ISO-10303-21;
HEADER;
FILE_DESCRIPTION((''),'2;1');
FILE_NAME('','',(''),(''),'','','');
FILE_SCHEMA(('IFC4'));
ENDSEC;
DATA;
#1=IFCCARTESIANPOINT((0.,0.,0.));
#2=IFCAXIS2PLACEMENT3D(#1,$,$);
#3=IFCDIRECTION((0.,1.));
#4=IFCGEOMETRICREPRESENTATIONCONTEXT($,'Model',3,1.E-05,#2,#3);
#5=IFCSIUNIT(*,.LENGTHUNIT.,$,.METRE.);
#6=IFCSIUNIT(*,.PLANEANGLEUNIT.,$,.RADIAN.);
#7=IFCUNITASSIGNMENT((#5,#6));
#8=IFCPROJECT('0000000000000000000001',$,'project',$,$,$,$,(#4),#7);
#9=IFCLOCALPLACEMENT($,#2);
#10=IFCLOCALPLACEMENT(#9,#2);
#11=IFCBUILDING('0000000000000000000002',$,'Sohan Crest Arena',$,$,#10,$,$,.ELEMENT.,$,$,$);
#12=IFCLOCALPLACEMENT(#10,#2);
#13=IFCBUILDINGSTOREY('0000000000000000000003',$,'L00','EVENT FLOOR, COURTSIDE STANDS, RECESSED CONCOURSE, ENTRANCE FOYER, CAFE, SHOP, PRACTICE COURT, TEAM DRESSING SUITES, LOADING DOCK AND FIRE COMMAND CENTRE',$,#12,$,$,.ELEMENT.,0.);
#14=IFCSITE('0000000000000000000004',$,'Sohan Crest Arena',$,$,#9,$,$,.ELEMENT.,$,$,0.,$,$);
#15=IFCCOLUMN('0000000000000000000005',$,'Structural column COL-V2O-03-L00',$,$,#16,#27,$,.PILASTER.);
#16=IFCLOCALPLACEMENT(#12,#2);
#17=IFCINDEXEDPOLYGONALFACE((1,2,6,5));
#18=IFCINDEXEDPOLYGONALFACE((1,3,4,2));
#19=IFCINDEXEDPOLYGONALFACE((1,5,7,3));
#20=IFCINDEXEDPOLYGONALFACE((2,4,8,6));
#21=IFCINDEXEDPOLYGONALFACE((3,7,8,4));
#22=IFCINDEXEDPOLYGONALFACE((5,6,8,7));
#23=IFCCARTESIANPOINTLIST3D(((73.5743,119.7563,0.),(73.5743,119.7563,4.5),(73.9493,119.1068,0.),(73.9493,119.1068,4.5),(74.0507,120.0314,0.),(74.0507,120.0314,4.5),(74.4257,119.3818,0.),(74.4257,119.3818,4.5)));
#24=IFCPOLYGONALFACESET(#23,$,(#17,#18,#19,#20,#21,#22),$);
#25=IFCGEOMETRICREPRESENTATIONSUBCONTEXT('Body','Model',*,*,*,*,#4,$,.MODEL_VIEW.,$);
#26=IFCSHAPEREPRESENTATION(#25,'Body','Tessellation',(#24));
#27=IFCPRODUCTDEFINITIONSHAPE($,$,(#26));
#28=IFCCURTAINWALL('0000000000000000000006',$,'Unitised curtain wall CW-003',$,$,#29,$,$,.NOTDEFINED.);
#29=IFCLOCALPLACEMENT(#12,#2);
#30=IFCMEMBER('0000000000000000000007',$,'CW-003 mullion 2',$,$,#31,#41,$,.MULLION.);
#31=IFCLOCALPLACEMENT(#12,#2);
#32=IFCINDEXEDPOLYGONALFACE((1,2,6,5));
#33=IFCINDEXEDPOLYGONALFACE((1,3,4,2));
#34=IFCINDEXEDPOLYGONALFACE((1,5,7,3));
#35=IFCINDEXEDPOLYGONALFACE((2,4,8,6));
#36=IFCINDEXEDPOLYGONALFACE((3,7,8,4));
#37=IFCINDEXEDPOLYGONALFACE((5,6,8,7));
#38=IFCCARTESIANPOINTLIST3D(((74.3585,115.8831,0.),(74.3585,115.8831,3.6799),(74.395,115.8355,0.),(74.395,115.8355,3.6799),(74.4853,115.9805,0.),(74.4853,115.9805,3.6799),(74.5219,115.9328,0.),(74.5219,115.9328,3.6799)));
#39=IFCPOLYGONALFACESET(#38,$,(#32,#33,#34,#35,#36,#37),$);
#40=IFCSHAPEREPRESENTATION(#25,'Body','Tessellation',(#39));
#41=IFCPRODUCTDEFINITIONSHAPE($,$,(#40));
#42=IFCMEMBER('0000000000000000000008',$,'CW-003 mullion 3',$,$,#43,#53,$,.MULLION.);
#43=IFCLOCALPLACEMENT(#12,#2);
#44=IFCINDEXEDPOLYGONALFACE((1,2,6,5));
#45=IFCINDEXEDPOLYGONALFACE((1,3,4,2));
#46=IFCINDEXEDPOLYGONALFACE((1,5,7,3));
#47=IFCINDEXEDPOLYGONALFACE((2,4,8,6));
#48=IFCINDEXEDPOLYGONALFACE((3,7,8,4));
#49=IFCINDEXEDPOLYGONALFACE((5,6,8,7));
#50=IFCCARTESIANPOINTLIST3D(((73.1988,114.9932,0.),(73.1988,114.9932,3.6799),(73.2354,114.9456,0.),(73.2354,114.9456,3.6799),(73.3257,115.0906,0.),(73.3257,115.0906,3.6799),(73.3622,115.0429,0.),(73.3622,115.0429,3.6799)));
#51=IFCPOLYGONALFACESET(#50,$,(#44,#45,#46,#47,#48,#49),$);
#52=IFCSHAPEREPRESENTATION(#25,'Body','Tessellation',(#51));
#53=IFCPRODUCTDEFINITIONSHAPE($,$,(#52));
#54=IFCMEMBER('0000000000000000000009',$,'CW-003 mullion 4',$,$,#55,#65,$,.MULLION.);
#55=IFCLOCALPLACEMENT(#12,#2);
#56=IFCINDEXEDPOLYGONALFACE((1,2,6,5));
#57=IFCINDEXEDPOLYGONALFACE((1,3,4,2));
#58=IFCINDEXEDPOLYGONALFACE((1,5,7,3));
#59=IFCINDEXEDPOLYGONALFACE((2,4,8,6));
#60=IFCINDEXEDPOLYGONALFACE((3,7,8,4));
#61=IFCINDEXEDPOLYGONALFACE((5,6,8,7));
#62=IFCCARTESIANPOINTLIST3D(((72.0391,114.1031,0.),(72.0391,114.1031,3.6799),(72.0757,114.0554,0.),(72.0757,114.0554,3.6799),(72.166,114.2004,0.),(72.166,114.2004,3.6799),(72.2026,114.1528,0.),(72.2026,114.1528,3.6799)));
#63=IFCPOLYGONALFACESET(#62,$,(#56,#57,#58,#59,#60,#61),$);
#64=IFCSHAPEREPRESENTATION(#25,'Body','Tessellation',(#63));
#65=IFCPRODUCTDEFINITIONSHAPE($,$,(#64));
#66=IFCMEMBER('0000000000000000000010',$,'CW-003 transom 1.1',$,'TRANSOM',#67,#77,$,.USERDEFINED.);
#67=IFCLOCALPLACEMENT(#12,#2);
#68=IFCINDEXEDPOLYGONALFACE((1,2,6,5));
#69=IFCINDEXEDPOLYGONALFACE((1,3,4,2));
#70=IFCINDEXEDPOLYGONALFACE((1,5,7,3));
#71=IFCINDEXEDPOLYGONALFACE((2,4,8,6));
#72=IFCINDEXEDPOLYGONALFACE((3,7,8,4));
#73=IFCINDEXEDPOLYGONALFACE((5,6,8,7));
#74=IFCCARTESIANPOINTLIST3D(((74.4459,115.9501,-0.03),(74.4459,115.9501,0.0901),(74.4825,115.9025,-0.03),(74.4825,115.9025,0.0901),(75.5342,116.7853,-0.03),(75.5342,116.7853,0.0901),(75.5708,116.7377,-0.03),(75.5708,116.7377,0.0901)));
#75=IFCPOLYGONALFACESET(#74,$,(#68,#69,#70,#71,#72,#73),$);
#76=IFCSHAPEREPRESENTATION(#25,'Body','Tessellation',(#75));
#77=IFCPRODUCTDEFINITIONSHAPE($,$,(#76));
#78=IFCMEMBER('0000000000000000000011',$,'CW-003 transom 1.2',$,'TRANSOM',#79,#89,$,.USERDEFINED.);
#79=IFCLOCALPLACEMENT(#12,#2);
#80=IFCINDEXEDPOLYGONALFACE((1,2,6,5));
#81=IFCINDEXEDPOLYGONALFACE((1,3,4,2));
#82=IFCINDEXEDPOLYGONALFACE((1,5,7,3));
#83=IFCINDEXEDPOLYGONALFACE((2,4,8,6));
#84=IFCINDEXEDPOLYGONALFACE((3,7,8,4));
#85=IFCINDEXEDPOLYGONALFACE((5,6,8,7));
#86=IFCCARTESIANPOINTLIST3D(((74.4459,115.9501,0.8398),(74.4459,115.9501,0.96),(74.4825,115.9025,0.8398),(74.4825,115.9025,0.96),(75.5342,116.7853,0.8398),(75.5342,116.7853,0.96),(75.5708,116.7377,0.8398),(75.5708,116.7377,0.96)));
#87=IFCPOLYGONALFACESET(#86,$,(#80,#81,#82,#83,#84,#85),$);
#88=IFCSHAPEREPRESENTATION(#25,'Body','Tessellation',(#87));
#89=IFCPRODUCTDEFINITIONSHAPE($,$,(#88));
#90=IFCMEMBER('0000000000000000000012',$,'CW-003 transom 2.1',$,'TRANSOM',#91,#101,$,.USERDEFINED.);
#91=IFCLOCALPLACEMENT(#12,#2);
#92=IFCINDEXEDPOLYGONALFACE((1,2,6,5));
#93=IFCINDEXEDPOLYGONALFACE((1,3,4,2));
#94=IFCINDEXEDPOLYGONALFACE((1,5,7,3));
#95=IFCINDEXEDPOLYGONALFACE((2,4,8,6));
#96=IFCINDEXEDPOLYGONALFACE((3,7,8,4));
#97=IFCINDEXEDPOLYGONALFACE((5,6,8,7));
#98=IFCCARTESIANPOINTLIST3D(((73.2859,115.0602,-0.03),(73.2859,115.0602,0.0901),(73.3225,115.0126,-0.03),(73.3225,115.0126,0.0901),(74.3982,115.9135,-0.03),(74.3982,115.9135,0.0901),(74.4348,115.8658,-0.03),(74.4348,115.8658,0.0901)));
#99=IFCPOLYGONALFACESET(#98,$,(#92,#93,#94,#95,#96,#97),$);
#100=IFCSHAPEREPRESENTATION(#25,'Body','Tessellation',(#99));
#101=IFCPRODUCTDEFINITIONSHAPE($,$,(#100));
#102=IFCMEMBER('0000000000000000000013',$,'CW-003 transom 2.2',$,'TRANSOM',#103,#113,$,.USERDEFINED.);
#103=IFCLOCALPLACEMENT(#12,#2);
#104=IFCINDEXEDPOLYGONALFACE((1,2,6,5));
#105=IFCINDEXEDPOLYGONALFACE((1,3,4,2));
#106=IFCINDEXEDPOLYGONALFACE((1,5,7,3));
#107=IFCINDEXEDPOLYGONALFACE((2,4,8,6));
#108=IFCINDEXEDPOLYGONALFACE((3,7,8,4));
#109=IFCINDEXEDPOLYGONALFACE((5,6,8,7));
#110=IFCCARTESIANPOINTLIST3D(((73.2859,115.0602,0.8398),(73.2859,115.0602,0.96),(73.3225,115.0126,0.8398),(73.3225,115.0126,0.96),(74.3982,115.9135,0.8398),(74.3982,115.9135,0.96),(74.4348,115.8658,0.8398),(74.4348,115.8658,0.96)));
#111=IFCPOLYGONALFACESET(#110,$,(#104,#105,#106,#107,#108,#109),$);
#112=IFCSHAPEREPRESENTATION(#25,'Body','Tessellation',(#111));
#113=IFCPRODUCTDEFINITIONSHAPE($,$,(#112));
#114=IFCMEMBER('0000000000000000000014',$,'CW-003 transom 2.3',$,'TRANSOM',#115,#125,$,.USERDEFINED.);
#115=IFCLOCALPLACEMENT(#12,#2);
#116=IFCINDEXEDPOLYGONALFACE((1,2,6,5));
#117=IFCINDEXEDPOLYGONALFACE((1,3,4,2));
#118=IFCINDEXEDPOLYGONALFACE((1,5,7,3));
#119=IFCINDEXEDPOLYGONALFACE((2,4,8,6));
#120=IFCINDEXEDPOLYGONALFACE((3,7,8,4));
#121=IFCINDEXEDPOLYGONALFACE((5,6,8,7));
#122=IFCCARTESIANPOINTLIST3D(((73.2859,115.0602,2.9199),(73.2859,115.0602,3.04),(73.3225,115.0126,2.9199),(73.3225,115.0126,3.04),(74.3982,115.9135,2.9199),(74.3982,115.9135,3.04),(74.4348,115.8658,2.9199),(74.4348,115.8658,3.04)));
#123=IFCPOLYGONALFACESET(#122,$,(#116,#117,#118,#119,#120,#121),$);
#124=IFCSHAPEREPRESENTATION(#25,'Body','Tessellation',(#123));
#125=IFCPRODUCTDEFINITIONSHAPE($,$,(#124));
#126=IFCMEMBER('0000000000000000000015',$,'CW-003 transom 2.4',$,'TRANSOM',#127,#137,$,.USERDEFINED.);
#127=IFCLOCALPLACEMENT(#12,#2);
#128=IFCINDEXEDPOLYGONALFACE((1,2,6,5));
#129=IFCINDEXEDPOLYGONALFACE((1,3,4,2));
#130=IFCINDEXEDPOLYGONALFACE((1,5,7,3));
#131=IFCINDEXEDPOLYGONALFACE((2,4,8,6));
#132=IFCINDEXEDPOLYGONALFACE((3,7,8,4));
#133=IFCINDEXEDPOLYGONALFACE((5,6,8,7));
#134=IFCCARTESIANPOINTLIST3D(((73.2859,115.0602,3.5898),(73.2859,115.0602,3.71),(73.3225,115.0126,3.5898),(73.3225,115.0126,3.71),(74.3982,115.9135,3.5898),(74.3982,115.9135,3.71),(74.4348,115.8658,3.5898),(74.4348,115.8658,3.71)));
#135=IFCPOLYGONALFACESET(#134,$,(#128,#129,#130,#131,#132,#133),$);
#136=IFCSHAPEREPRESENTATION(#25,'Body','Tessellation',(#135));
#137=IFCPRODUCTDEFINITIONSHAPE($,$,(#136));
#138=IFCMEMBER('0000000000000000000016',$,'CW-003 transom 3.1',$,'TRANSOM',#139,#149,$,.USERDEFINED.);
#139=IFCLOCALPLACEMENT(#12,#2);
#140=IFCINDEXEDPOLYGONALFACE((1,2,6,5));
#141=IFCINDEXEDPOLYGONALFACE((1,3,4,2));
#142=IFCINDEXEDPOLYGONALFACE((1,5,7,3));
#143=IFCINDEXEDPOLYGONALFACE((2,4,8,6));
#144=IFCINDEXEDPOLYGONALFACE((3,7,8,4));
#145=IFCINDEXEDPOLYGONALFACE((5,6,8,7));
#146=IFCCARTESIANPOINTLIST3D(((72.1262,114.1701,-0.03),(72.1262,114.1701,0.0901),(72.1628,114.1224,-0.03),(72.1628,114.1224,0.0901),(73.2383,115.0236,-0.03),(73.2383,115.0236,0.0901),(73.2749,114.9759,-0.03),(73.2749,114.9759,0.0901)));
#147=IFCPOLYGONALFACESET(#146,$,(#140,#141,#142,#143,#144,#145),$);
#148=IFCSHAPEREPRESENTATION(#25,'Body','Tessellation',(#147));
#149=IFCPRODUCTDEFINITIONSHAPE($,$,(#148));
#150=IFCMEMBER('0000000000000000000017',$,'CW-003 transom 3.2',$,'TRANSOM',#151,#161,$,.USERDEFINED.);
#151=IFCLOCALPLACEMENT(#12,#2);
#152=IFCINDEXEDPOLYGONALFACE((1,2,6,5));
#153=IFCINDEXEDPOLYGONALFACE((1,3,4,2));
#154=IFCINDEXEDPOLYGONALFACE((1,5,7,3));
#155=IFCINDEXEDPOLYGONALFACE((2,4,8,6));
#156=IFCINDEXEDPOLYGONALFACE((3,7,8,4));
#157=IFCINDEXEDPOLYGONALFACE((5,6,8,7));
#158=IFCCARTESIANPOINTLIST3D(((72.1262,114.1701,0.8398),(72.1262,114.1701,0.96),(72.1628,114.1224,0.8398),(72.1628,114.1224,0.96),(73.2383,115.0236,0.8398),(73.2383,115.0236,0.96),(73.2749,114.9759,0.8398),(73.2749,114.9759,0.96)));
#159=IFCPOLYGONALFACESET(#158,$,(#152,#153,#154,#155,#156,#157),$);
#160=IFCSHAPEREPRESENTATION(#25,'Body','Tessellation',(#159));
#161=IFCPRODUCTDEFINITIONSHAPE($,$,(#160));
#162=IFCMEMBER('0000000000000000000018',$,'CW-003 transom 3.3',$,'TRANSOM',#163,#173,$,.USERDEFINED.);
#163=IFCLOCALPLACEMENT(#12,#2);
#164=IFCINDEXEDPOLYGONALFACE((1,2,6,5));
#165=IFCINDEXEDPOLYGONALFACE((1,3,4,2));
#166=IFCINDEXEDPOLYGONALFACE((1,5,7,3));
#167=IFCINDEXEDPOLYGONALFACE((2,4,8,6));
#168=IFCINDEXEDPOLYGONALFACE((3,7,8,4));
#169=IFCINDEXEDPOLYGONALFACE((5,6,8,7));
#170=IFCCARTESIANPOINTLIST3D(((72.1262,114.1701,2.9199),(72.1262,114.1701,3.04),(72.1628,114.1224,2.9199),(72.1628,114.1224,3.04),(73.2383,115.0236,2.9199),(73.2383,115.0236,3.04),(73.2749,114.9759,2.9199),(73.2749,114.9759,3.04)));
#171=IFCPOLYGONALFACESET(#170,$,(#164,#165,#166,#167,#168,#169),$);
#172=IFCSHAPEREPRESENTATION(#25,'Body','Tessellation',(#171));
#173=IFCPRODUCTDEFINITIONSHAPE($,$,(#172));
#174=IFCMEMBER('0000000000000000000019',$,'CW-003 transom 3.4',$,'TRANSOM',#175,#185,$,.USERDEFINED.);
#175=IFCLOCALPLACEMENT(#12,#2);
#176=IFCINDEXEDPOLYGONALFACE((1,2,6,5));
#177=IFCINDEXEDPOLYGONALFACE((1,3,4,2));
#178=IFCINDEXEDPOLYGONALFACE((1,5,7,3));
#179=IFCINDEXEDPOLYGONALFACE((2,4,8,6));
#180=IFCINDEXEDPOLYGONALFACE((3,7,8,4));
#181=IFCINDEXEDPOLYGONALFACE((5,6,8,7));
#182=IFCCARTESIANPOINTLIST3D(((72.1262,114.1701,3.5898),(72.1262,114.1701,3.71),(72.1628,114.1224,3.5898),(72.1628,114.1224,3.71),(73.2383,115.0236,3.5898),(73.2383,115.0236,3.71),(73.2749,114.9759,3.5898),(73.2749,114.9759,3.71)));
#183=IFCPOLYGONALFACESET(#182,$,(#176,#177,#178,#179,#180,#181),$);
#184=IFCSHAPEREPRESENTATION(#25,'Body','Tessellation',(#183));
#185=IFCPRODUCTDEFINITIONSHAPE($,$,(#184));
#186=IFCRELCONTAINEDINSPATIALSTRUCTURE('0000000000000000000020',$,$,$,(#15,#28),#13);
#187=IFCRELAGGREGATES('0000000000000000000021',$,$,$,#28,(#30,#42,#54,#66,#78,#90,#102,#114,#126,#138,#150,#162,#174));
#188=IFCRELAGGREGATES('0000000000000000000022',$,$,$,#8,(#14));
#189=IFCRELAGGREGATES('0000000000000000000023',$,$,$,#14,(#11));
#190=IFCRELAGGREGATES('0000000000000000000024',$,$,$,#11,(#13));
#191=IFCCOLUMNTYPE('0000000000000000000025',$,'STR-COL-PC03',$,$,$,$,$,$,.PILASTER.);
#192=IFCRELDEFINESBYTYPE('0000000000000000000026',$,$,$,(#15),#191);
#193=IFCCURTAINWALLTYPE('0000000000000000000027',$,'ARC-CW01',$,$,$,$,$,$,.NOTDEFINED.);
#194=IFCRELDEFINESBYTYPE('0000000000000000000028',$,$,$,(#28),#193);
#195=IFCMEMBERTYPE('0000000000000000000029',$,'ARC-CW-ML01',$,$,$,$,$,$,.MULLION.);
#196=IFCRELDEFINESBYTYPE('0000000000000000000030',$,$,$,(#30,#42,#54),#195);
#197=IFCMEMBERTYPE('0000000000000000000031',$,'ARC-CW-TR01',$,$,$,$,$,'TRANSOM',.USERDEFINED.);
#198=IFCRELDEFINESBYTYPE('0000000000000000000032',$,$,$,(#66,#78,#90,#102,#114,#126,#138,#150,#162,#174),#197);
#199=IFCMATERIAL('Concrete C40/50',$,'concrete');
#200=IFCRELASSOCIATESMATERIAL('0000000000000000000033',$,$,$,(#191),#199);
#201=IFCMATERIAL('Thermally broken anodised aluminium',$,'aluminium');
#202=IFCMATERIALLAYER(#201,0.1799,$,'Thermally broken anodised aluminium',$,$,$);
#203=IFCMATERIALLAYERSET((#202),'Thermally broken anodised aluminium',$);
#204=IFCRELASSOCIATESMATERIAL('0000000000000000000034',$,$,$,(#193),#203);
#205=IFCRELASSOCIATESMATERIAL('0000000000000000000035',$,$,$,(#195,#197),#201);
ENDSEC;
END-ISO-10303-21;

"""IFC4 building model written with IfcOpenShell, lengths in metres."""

from ifc_helpers import new_model, si_unit, direction, frame, origin, origin_2d, place, context, subcontext, project, spatial, rectangle, extrude, material, layer, layer_set, material_profile, profile_set, type_object, element, aggregate, save


model = new_model("IFC4")

# Units and contexts
model_context = context("Model", 3, precision=1e-05, world=origin(), true_north=direction((0.0, 1.0)))
body_context = subcontext(model_context, "Body", "Model", "MODEL_VIEW")
ifc_project = project(units=[si_unit("LENGTHUNIT", "METRE"), si_unit("PLANEANGLEUNIT", "RADIAN")], contexts=[model_context])

# Site, building, storey
site_placement = place(None, origin())
site = spatial("IfcSite", under=ifc_project, at=site_placement, Name="Sohan Crest Arena", CompositionType="ELEMENT", RefElevation=0.0)
building_placement = place(site_placement, origin())
building = spatial("IfcBuilding", under=site, at=building_placement, Name="Sohan Crest Arena", CompositionType="ELEMENT")
storey_placement = place(building_placement, origin())
storey = spatial("IfcBuildingStorey", under=building, at=storey_placement, Name="L00", Description="EVENT FLOOR, COURTSIDE STANDS, RECESSED CONCOURSE, ENTRANCE FOYER, CAFE, SHOP, PRACTICE COURT, TEAM DRESSING SUITES, LOADING DOCK AND FIRE COMMAND CENTRE", CompositionType="ELEMENT", Elevation=0.0)

# Column
ifc_material_1 = material(Name="Concrete C40/50", Category="concrete")
ifc_material_profile_1 = material_profile(ifc_material_1, rectangle(XDim=0.75, YDim=0.55, at=origin_2d()), Name="RC 750x550")
ifc_profile_set_1 = profile_set([ifc_material_profile_1], Name="Concrete C40/50")
column_type = type_object("IfcColumnType", Name="STR-COL-PC03", PredefinedType="PILASTER", material=ifc_profile_set_1)
column_placement = place(storey_placement, frame((74.0, 119.5691, 0.0), z_axis=(0.0, 0.0, 1.0), x_axis=(-0.5, 0.866025, 0.0)))
element("IfcColumn", 1, at=column_placement, inside=storey, type_object=column_type, Name="Structural column COL-V2O-03-L00", PredefinedType="PILASTER", context=body_context, shape_type="SweptSolid", body=[
    extrude(rectangle(XDim=0.75, YDim=0.55, at=origin_2d()), origin(), (0.0, 0.0, 1.0), 4.5),
])

# Curtain wall, members
ifc_material_2 = material(Name="Thermally broken anodised aluminium", Category="aluminium")
ifc_layer_1 = layer(ifc_material_2, 0.1799, Name="Thermally broken anodised aluminium")
ifc_layer_set_1 = layer_set([ifc_layer_1], Name="Thermally broken anodised aluminium")
curtain_wall_type = type_object("IfcCurtainWallType", Name="ARC-CW01", PredefinedType="NOTDEFINED", material=ifc_layer_set_1)
curtain_wall_placement = place(storey_placement, origin())
curtain_wall = element("IfcCurtainWall", 2, at=curtain_wall_placement, inside=storey, type_object=curtain_wall_type, Name="Unitised curtain wall CW-003", PredefinedType="NOTDEFINED")
ifc_material_profile_2 = material_profile(ifc_material_2, rectangle(XDim=0.0601, YDim=0.1599, at=origin_2d()), Name="ALU-MULL 60x160")
ifc_profile_set_2 = profile_set([ifc_material_profile_2], Name="Thermally broken anodised aluminium")
member_type_1 = type_object("IfcMemberType", Name="ARC-CW-ML01", PredefinedType="MULLION", material=ifc_profile_set_2)
member_1_placement = place(storey_placement, frame((74.4402, 115.908, 0.0), z_axis=(0.0, 0.0, 1.0), x_axis=(0.608801, -0.793323, 0.0)))
member_1 = element("IfcMember", 3, at=member_1_placement, type_object=member_type_1, Name="CW-003 mullion 2", PredefinedType="MULLION", context=body_context, shape_type="SweptSolid", body=[
    extrude(rectangle(XDim=0.0601, YDim=0.1599, at=origin_2d()), origin(), (0.0, 0.0, 1.0), 3.6799),
])
member_2_placement = place(storey_placement, frame((73.2805, 115.0181, 0.0), z_axis=(0.0, 0.0, 1.0), x_axis=(0.608801, -0.793323, 0.0)))
member_2 = element("IfcMember", 4, at=member_2_placement, type_object=member_type_1, Name="CW-003 mullion 3", PredefinedType="MULLION", context=body_context, shape_type="SweptSolid", body=[
    extrude(rectangle(XDim=0.0601, YDim=0.1599, at=origin_2d()), origin(), (0.0, 0.0, 1.0), 3.6799),
])
member_3_placement = place(storey_placement, frame((72.1208, 114.1279, 0.0), z_axis=(0.0, 0.0, 1.0), x_axis=(0.608801, -0.793323, 0.0)))
member_3 = element("IfcMember", 5, at=member_3_placement, type_object=member_type_1, Name="CW-003 mullion 4", PredefinedType="MULLION", context=body_context, shape_type="SweptSolid", body=[
    extrude(rectangle(XDim=0.0601, YDim=0.1599, at=origin_2d()), origin(), (0.0, 0.0, 1.0), 3.6799),
])
ifc_material_profile_3 = material_profile(ifc_material_2, rectangle(XDim=0.0601, YDim=0.1201, at=origin_2d()), Name="ALU-TRAN 60x120")
ifc_profile_set_3 = profile_set([ifc_material_profile_3], Name="Thermally broken anodised aluminium")
member_type_2 = type_object("IfcMemberType", Name="ARC-CW-TR01", ElementType="TRANSOM", PredefinedType="USERDEFINED", material=ifc_profile_set_3)
member_4_placement = place(storey_placement, frame((75.5525, 116.7615, 0.03), z_axis=(-0.793331, -0.60879, 0.0), x_axis=(0.60879, -0.793331, 0.0)))
member_4 = element("IfcMember", 6, at=member_4_placement, type_object=member_type_2, Name="CW-003 transom 1.1", ObjectType="TRANSOM", PredefinedType="USERDEFINED", context=body_context, shape_type="SweptSolid", body=[
    extrude(rectangle(XDim=0.0601, YDim=0.1201, at=origin_2d()), origin(), (0.0, 0.0, 1.0), 1.3718),
])
member_5_placement = place(storey_placement, frame((75.5525, 116.7615, 0.8999), z_axis=(-0.793331, -0.60879, 0.0), x_axis=(0.60879, -0.793331, 0.0)))
member_5 = element("IfcMember", 7, at=member_5_placement, type_object=member_type_2, Name="CW-003 transom 1.2", ObjectType="TRANSOM", PredefinedType="USERDEFINED", context=body_context, shape_type="SweptSolid", body=[
    extrude(rectangle(XDim=0.0601, YDim=0.1201, at=origin_2d()), origin(), (0.0, 0.0, 1.0), 1.3718),
])
member_6_placement = place(storey_placement, frame((74.4165, 115.8896, 0.03), z_axis=(-0.793433, -0.608658, 0.0), x_axis=(0.608658, -0.793433, 0.0)))
member_6 = element("IfcMember", 8, at=member_6_placement, type_object=member_type_2, Name="CW-003 transom 2.1", ObjectType="TRANSOM", PredefinedType="USERDEFINED", context=body_context, shape_type="SweptSolid", body=[
    extrude(rectangle(XDim=0.0601, YDim=0.1201, at=origin_2d()), origin(), (0.0, 0.0, 1.0), 1.4019),
])
member_7_placement = place(storey_placement, frame((74.4165, 115.8896, 0.8999), z_axis=(-0.793433, -0.608658, 0.0), x_axis=(0.608658, -0.793433, 0.0)))
member_7 = element("IfcMember", 9, at=member_7_placement, type_object=member_type_2, Name="CW-003 transom 2.2", ObjectType="TRANSOM", PredefinedType="USERDEFINED", context=body_context, shape_type="SweptSolid", body=[
    extrude(rectangle(XDim=0.0601, YDim=0.1201, at=origin_2d()), origin(), (0.0, 0.0, 1.0), 1.4019),
])
member_8_placement = place(storey_placement, frame((74.4165, 115.8896, 2.98), z_axis=(-0.793433, -0.608658, 0.0), x_axis=(0.608658, -0.793433, 0.0)))
member_8 = element("IfcMember", 10, at=member_8_placement, type_object=member_type_2, Name="CW-003 transom 2.3", ObjectType="TRANSOM", PredefinedType="USERDEFINED", context=body_context, shape_type="SweptSolid", body=[
    extrude(rectangle(XDim=0.0601, YDim=0.1201, at=origin_2d()), origin(), (0.0, 0.0, 1.0), 1.4019),
])
member_9_placement = place(storey_placement, frame((74.4165, 115.8896, 3.6499), z_axis=(-0.793433, -0.608658, 0.0), x_axis=(0.608658, -0.793433, 0.0)))
member_9 = element("IfcMember", 11, at=member_9_placement, type_object=member_type_2, Name="CW-003 transom 2.4", ObjectType="TRANSOM", PredefinedType="USERDEFINED", context=body_context, shape_type="SweptSolid", body=[
    extrude(rectangle(XDim=0.0601, YDim=0.1201, at=origin_2d()), origin(), (0.0, 0.0, 1.0), 1.4019),
])
member_10_placement = place(storey_placement, frame((73.2566, 114.9998, 0.03), z_axis=(-0.793284, -0.608852, 0.0), x_axis=(0.608852, -0.793284, 0.0)))
member_10 = element("IfcMember", 12, at=member_10_placement, type_object=member_type_2, Name="CW-003 transom 3.1", ObjectType="TRANSOM", PredefinedType="USERDEFINED", context=body_context, shape_type="SweptSolid", body=[
    extrude(rectangle(XDim=0.0601, YDim=0.1201, at=origin_2d()), origin(), (0.0, 0.0, 1.0), 1.4019),
])
member_11_placement = place(storey_placement, frame((73.2566, 114.9998, 0.8999), z_axis=(-0.793284, -0.608852, 0.0), x_axis=(0.608852, -0.793284, 0.0)))
member_11 = element("IfcMember", 13, at=member_11_placement, type_object=member_type_2, Name="CW-003 transom 3.2", ObjectType="TRANSOM", PredefinedType="USERDEFINED", context=body_context, shape_type="SweptSolid", body=[
    extrude(rectangle(XDim=0.0601, YDim=0.1201, at=origin_2d()), origin(), (0.0, 0.0, 1.0), 1.4019),
])
member_12_placement = place(storey_placement, frame((73.2566, 114.9998, 2.98), z_axis=(-0.793284, -0.608852, 0.0), x_axis=(0.608852, -0.793284, 0.0)))
member_12 = element("IfcMember", 14, at=member_12_placement, type_object=member_type_2, Name="CW-003 transom 3.3", ObjectType="TRANSOM", PredefinedType="USERDEFINED", context=body_context, shape_type="SweptSolid", body=[
    extrude(rectangle(XDim=0.0601, YDim=0.1201, at=origin_2d()), origin(), (0.0, 0.0, 1.0), 1.4019),
])
member_13_placement = place(storey_placement, frame((73.2566, 114.9998, 3.6499), z_axis=(-0.793284, -0.608852, 0.0), x_axis=(0.608852, -0.793284, 0.0)))
member_13 = element("IfcMember", 15, at=member_13_placement, type_object=member_type_2, Name="CW-003 transom 3.4", ObjectType="TRANSOM", PredefinedType="USERDEFINED", context=body_context, shape_type="SweptSolid", body=[
    extrude(rectangle(XDim=0.0601, YDim=0.1201, at=origin_2d()), origin(), (0.0, 0.0, 1.0), 1.4019),
])

aggregate(curtain_wall, [member_1, member_2, member_3, member_4, member_5, member_6, member_7, member_8, member_9, member_10, member_11, member_12, member_13])

save(model, "model.ifc")
